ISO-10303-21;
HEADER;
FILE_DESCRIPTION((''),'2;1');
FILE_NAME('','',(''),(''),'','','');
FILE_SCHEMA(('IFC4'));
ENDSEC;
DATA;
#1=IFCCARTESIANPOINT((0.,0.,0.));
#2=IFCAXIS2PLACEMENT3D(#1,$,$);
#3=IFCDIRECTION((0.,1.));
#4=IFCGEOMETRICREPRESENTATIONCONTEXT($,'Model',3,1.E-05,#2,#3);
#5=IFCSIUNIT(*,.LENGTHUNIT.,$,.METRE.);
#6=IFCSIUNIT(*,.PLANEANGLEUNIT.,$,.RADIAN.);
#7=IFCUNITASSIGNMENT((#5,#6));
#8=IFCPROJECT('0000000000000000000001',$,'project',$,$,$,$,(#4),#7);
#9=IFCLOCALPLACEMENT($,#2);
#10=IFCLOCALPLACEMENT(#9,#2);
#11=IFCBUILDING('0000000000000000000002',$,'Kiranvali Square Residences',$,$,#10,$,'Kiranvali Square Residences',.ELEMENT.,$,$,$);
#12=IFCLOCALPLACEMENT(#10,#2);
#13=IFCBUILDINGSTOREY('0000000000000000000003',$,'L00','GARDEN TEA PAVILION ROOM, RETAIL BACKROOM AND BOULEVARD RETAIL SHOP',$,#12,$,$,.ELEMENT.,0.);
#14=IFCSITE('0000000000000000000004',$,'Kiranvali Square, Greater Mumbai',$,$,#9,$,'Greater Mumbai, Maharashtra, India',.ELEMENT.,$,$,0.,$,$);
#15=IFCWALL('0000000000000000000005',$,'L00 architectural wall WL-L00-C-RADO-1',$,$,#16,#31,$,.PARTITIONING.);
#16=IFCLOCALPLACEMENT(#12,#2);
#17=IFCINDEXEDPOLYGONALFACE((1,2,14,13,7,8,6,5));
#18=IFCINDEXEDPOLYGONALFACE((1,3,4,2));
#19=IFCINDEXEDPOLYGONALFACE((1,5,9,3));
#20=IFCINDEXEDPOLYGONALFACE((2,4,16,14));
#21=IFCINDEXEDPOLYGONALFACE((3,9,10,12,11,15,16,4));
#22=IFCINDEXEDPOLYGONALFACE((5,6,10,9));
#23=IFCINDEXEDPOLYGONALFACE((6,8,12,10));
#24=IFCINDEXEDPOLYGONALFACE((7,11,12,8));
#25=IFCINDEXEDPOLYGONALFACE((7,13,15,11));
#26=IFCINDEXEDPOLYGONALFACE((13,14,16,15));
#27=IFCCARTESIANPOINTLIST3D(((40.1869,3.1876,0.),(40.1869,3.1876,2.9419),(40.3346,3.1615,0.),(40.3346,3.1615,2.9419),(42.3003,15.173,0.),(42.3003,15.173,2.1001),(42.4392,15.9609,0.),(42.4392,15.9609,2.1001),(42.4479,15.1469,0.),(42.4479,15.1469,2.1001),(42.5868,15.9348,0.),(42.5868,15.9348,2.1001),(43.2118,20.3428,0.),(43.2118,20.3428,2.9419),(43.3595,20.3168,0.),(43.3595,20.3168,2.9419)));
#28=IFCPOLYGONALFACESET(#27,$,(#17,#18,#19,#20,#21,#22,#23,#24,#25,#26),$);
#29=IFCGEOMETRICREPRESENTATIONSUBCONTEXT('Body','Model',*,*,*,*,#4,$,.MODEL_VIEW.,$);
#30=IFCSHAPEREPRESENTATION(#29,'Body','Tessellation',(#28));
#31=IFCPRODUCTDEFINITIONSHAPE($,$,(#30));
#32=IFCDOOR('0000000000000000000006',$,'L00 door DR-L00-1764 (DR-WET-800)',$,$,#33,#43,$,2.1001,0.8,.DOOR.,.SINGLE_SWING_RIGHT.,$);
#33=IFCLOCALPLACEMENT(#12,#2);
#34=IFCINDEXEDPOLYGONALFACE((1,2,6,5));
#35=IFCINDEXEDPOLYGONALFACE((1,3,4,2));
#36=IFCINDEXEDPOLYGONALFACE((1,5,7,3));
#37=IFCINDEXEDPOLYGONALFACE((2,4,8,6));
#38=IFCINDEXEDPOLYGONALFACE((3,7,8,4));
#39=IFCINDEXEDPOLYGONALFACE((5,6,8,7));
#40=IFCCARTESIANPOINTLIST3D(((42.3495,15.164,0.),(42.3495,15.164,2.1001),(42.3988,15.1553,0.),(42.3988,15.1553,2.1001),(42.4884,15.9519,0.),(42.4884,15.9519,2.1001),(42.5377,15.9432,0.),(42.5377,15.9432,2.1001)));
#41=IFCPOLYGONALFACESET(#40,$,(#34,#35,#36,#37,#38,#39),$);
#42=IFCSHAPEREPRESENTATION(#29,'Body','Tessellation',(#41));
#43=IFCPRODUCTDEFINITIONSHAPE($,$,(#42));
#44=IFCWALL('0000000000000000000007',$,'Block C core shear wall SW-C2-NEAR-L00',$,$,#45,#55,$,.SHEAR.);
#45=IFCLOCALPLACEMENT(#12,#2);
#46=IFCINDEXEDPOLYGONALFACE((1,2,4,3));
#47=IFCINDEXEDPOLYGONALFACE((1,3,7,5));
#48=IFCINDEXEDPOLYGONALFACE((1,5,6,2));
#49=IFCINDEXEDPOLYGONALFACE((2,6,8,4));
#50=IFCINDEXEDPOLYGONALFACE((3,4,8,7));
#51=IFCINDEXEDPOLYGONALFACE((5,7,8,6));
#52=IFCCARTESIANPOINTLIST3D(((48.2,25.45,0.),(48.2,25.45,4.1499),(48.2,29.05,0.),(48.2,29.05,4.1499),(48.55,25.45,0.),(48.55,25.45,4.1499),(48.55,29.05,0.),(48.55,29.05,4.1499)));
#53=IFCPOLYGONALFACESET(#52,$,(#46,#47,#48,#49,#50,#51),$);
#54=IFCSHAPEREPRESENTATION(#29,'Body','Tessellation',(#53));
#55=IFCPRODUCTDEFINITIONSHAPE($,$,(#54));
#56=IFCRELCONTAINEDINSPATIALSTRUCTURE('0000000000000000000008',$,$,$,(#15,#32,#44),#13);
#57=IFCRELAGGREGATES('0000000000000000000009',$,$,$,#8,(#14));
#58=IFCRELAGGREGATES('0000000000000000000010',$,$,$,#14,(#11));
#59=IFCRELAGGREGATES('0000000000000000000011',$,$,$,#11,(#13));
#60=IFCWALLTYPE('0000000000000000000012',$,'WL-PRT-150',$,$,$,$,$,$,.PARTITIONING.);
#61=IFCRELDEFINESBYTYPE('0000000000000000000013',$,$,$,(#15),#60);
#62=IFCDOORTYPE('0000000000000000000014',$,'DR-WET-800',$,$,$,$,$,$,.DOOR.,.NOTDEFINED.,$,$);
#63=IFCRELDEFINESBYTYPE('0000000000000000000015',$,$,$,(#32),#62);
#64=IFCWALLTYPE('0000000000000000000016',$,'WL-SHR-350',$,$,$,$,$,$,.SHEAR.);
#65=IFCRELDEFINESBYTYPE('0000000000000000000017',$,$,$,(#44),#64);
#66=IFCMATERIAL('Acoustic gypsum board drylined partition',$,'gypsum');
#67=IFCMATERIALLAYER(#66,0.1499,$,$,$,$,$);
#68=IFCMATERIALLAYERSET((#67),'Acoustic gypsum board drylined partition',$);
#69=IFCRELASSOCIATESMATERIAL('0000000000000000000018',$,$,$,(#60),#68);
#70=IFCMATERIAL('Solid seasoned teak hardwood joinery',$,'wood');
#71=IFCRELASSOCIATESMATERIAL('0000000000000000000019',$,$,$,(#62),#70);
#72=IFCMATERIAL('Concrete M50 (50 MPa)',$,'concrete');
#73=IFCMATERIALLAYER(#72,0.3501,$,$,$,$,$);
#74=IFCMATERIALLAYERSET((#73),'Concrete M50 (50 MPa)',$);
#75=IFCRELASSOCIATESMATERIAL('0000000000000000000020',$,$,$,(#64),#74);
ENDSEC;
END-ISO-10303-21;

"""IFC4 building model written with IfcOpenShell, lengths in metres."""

from ifc_helpers import new_model, si_unit, direction, frame, frame_2d, origin, place, context, subcontext, project, spatial, rectangle, extrude, material, layer, layer_set, type_object, element, fill, save


model = new_model("IFC4")

# Units and contexts
model_context = context("Model", 3, precision=1e-05, world=origin(), true_north=direction((0.0, 1.0)))
body_context = subcontext(model_context, "Body", "Model", "MODEL_VIEW")
ifc_project = project(units=[si_unit("LENGTHUNIT", "METRE"), si_unit("PLANEANGLEUNIT", "RADIAN")], contexts=[model_context])

# Site, building, storey
site_placement = place(None, origin())
site = spatial("IfcSite", under=ifc_project, at=site_placement, Name="Kiranvali Square, Greater Mumbai", LongName="Greater Mumbai, Maharashtra, India", CompositionType="ELEMENT", RefElevation=0.0)
building_placement = place(site_placement, origin())
building = spatial("IfcBuilding", under=site, at=building_placement, Name="Kiranvali Square Residences", LongName="Kiranvali Square Residences", CompositionType="ELEMENT")
storey_placement = place(building_placement, origin())
storey = spatial("IfcBuildingStorey", under=building, at=storey_placement, Name="L00", Description="GARDEN TEA PAVILION ROOM, RETAIL BACKROOM AND BOULEVARD RETAIL SHOP", CompositionType="ELEMENT", Elevation=0.0)

# Shared definitions
ifc_material_1 = material(Name="Concrete M50 (50 MPa)", Category="concrete")

# Wall, opening, door
ifc_material_2 = material(Name="Acoustic gypsum board drylined partition", Category="gypsum")
ifc_layer_1 = layer(ifc_material_2, 0.1499)
ifc_layer_set_1 = layer_set([ifc_layer_1], Name="Acoustic gypsum board drylined partition")
wall_type_1 = type_object("IfcWallType", Name="WL-PRT-150", PredefinedType="PARTITIONING", material=ifc_layer_set_1)
wall_1_placement = place(storey_placement, frame((43.2856, 20.3298, 0.0), z_axis=(0.0, 0.0, 1.0), x_axis=(-0.173646, -0.984808, 0.0)))
wall_1 = element("IfcWall", 1, at=wall_1_placement, inside=storey, type_object=wall_type_1, Name="L00 architectural wall WL-L00-C-RADO-1", PredefinedType="PARTITIONING", context=body_context, shape_type="SweptSolid", body=[
    extrude(rectangle(XDim=17.4199, YDim=0.1499, at=frame_2d((8.71, 0.0))), origin(), (0.0, 0.0, 1.0), 2.9419),
])
opening_1_placement = place(wall_1_placement, frame((4.4497, 0.0, 0.0)))
opening_1 = element("IfcOpeningElement", 2, at=opening_1_placement, cuts=wall_1, PredefinedType="OPENING", context=body_context, shape_type="SweptSolid", body=[
    extrude(rectangle(XDim=0.8, YDim=2.1001, at=frame_2d((0.3999, 1.05))), frame((0.0, 0.085, 0.0), z_axis=(0.0, -1.0, 0.0), x_axis=(1.0, 0.0, 0.0)), (0.0, 0.0, 1.0), 0.1699),
])
ifc_material_3 = material(Name="Solid seasoned teak hardwood joinery", Category="wood")
door_type_1 = type_object("IfcDoorType", Name="DR-WET-800", OperationType="NOTDEFINED", PredefinedType="DOOR", material=ifc_material_3)
door_1_placement = place(opening_1_placement, frame((0.8, 0.0, 0.0), z_axis=(0.0, 0.0, 1.0), x_axis=(-1.0, 0.0, 0.0)))
door_1 = element("IfcDoor", 3, at=door_1_placement, inside=storey, type_object=door_type_1, Name="L00 door DR-L00-1764 (DR-WET-800)", OperationType="SINGLE_SWING_RIGHT", OverallHeight=2.1001, OverallWidth=0.8, PredefinedType="DOOR", context=body_context, shape_type="SweptSolid", body=[
    extrude(rectangle(XDim=0.8, YDim=2.1001, at=frame_2d((0.3999, 1.05))), frame((0.0, 0.0249, 0.0), z_axis=(0.0, -1.0, 0.0), x_axis=(1.0, 0.0, 0.0)), (0.0, 0.0, 1.0), 0.05),
])
fill(opening_1, door_1)
ifc_layer_2 = layer(ifc_material_1, 0.3501)
ifc_layer_set_2 = layer_set([ifc_layer_2], Name="Concrete M50 (50 MPa)")
wall_type_2 = type_object("IfcWallType", Name="WL-SHR-350", PredefinedType="SHEAR", material=ifc_layer_set_2)

# Wall
wall_2_placement = place(storey_placement, frame((48.375, 29.05, 0.0), z_axis=(0.0, 0.0, 1.0), x_axis=(0.0, -1.0, 0.0)))
element("IfcWall", 4, at=wall_2_placement, inside=storey, type_object=wall_type_2, Name="Block C core shear wall SW-C2-NEAR-L00", PredefinedType="SHEAR", context=body_context, shape_type="SweptSolid", body=[
    extrude(rectangle(XDim=3.6001, YDim=0.3501, at=frame_2d((1.8, 0.0))), origin(), (0.0, 0.0, 1.0), 4.1499),
])

save(model, "model.ifc")
